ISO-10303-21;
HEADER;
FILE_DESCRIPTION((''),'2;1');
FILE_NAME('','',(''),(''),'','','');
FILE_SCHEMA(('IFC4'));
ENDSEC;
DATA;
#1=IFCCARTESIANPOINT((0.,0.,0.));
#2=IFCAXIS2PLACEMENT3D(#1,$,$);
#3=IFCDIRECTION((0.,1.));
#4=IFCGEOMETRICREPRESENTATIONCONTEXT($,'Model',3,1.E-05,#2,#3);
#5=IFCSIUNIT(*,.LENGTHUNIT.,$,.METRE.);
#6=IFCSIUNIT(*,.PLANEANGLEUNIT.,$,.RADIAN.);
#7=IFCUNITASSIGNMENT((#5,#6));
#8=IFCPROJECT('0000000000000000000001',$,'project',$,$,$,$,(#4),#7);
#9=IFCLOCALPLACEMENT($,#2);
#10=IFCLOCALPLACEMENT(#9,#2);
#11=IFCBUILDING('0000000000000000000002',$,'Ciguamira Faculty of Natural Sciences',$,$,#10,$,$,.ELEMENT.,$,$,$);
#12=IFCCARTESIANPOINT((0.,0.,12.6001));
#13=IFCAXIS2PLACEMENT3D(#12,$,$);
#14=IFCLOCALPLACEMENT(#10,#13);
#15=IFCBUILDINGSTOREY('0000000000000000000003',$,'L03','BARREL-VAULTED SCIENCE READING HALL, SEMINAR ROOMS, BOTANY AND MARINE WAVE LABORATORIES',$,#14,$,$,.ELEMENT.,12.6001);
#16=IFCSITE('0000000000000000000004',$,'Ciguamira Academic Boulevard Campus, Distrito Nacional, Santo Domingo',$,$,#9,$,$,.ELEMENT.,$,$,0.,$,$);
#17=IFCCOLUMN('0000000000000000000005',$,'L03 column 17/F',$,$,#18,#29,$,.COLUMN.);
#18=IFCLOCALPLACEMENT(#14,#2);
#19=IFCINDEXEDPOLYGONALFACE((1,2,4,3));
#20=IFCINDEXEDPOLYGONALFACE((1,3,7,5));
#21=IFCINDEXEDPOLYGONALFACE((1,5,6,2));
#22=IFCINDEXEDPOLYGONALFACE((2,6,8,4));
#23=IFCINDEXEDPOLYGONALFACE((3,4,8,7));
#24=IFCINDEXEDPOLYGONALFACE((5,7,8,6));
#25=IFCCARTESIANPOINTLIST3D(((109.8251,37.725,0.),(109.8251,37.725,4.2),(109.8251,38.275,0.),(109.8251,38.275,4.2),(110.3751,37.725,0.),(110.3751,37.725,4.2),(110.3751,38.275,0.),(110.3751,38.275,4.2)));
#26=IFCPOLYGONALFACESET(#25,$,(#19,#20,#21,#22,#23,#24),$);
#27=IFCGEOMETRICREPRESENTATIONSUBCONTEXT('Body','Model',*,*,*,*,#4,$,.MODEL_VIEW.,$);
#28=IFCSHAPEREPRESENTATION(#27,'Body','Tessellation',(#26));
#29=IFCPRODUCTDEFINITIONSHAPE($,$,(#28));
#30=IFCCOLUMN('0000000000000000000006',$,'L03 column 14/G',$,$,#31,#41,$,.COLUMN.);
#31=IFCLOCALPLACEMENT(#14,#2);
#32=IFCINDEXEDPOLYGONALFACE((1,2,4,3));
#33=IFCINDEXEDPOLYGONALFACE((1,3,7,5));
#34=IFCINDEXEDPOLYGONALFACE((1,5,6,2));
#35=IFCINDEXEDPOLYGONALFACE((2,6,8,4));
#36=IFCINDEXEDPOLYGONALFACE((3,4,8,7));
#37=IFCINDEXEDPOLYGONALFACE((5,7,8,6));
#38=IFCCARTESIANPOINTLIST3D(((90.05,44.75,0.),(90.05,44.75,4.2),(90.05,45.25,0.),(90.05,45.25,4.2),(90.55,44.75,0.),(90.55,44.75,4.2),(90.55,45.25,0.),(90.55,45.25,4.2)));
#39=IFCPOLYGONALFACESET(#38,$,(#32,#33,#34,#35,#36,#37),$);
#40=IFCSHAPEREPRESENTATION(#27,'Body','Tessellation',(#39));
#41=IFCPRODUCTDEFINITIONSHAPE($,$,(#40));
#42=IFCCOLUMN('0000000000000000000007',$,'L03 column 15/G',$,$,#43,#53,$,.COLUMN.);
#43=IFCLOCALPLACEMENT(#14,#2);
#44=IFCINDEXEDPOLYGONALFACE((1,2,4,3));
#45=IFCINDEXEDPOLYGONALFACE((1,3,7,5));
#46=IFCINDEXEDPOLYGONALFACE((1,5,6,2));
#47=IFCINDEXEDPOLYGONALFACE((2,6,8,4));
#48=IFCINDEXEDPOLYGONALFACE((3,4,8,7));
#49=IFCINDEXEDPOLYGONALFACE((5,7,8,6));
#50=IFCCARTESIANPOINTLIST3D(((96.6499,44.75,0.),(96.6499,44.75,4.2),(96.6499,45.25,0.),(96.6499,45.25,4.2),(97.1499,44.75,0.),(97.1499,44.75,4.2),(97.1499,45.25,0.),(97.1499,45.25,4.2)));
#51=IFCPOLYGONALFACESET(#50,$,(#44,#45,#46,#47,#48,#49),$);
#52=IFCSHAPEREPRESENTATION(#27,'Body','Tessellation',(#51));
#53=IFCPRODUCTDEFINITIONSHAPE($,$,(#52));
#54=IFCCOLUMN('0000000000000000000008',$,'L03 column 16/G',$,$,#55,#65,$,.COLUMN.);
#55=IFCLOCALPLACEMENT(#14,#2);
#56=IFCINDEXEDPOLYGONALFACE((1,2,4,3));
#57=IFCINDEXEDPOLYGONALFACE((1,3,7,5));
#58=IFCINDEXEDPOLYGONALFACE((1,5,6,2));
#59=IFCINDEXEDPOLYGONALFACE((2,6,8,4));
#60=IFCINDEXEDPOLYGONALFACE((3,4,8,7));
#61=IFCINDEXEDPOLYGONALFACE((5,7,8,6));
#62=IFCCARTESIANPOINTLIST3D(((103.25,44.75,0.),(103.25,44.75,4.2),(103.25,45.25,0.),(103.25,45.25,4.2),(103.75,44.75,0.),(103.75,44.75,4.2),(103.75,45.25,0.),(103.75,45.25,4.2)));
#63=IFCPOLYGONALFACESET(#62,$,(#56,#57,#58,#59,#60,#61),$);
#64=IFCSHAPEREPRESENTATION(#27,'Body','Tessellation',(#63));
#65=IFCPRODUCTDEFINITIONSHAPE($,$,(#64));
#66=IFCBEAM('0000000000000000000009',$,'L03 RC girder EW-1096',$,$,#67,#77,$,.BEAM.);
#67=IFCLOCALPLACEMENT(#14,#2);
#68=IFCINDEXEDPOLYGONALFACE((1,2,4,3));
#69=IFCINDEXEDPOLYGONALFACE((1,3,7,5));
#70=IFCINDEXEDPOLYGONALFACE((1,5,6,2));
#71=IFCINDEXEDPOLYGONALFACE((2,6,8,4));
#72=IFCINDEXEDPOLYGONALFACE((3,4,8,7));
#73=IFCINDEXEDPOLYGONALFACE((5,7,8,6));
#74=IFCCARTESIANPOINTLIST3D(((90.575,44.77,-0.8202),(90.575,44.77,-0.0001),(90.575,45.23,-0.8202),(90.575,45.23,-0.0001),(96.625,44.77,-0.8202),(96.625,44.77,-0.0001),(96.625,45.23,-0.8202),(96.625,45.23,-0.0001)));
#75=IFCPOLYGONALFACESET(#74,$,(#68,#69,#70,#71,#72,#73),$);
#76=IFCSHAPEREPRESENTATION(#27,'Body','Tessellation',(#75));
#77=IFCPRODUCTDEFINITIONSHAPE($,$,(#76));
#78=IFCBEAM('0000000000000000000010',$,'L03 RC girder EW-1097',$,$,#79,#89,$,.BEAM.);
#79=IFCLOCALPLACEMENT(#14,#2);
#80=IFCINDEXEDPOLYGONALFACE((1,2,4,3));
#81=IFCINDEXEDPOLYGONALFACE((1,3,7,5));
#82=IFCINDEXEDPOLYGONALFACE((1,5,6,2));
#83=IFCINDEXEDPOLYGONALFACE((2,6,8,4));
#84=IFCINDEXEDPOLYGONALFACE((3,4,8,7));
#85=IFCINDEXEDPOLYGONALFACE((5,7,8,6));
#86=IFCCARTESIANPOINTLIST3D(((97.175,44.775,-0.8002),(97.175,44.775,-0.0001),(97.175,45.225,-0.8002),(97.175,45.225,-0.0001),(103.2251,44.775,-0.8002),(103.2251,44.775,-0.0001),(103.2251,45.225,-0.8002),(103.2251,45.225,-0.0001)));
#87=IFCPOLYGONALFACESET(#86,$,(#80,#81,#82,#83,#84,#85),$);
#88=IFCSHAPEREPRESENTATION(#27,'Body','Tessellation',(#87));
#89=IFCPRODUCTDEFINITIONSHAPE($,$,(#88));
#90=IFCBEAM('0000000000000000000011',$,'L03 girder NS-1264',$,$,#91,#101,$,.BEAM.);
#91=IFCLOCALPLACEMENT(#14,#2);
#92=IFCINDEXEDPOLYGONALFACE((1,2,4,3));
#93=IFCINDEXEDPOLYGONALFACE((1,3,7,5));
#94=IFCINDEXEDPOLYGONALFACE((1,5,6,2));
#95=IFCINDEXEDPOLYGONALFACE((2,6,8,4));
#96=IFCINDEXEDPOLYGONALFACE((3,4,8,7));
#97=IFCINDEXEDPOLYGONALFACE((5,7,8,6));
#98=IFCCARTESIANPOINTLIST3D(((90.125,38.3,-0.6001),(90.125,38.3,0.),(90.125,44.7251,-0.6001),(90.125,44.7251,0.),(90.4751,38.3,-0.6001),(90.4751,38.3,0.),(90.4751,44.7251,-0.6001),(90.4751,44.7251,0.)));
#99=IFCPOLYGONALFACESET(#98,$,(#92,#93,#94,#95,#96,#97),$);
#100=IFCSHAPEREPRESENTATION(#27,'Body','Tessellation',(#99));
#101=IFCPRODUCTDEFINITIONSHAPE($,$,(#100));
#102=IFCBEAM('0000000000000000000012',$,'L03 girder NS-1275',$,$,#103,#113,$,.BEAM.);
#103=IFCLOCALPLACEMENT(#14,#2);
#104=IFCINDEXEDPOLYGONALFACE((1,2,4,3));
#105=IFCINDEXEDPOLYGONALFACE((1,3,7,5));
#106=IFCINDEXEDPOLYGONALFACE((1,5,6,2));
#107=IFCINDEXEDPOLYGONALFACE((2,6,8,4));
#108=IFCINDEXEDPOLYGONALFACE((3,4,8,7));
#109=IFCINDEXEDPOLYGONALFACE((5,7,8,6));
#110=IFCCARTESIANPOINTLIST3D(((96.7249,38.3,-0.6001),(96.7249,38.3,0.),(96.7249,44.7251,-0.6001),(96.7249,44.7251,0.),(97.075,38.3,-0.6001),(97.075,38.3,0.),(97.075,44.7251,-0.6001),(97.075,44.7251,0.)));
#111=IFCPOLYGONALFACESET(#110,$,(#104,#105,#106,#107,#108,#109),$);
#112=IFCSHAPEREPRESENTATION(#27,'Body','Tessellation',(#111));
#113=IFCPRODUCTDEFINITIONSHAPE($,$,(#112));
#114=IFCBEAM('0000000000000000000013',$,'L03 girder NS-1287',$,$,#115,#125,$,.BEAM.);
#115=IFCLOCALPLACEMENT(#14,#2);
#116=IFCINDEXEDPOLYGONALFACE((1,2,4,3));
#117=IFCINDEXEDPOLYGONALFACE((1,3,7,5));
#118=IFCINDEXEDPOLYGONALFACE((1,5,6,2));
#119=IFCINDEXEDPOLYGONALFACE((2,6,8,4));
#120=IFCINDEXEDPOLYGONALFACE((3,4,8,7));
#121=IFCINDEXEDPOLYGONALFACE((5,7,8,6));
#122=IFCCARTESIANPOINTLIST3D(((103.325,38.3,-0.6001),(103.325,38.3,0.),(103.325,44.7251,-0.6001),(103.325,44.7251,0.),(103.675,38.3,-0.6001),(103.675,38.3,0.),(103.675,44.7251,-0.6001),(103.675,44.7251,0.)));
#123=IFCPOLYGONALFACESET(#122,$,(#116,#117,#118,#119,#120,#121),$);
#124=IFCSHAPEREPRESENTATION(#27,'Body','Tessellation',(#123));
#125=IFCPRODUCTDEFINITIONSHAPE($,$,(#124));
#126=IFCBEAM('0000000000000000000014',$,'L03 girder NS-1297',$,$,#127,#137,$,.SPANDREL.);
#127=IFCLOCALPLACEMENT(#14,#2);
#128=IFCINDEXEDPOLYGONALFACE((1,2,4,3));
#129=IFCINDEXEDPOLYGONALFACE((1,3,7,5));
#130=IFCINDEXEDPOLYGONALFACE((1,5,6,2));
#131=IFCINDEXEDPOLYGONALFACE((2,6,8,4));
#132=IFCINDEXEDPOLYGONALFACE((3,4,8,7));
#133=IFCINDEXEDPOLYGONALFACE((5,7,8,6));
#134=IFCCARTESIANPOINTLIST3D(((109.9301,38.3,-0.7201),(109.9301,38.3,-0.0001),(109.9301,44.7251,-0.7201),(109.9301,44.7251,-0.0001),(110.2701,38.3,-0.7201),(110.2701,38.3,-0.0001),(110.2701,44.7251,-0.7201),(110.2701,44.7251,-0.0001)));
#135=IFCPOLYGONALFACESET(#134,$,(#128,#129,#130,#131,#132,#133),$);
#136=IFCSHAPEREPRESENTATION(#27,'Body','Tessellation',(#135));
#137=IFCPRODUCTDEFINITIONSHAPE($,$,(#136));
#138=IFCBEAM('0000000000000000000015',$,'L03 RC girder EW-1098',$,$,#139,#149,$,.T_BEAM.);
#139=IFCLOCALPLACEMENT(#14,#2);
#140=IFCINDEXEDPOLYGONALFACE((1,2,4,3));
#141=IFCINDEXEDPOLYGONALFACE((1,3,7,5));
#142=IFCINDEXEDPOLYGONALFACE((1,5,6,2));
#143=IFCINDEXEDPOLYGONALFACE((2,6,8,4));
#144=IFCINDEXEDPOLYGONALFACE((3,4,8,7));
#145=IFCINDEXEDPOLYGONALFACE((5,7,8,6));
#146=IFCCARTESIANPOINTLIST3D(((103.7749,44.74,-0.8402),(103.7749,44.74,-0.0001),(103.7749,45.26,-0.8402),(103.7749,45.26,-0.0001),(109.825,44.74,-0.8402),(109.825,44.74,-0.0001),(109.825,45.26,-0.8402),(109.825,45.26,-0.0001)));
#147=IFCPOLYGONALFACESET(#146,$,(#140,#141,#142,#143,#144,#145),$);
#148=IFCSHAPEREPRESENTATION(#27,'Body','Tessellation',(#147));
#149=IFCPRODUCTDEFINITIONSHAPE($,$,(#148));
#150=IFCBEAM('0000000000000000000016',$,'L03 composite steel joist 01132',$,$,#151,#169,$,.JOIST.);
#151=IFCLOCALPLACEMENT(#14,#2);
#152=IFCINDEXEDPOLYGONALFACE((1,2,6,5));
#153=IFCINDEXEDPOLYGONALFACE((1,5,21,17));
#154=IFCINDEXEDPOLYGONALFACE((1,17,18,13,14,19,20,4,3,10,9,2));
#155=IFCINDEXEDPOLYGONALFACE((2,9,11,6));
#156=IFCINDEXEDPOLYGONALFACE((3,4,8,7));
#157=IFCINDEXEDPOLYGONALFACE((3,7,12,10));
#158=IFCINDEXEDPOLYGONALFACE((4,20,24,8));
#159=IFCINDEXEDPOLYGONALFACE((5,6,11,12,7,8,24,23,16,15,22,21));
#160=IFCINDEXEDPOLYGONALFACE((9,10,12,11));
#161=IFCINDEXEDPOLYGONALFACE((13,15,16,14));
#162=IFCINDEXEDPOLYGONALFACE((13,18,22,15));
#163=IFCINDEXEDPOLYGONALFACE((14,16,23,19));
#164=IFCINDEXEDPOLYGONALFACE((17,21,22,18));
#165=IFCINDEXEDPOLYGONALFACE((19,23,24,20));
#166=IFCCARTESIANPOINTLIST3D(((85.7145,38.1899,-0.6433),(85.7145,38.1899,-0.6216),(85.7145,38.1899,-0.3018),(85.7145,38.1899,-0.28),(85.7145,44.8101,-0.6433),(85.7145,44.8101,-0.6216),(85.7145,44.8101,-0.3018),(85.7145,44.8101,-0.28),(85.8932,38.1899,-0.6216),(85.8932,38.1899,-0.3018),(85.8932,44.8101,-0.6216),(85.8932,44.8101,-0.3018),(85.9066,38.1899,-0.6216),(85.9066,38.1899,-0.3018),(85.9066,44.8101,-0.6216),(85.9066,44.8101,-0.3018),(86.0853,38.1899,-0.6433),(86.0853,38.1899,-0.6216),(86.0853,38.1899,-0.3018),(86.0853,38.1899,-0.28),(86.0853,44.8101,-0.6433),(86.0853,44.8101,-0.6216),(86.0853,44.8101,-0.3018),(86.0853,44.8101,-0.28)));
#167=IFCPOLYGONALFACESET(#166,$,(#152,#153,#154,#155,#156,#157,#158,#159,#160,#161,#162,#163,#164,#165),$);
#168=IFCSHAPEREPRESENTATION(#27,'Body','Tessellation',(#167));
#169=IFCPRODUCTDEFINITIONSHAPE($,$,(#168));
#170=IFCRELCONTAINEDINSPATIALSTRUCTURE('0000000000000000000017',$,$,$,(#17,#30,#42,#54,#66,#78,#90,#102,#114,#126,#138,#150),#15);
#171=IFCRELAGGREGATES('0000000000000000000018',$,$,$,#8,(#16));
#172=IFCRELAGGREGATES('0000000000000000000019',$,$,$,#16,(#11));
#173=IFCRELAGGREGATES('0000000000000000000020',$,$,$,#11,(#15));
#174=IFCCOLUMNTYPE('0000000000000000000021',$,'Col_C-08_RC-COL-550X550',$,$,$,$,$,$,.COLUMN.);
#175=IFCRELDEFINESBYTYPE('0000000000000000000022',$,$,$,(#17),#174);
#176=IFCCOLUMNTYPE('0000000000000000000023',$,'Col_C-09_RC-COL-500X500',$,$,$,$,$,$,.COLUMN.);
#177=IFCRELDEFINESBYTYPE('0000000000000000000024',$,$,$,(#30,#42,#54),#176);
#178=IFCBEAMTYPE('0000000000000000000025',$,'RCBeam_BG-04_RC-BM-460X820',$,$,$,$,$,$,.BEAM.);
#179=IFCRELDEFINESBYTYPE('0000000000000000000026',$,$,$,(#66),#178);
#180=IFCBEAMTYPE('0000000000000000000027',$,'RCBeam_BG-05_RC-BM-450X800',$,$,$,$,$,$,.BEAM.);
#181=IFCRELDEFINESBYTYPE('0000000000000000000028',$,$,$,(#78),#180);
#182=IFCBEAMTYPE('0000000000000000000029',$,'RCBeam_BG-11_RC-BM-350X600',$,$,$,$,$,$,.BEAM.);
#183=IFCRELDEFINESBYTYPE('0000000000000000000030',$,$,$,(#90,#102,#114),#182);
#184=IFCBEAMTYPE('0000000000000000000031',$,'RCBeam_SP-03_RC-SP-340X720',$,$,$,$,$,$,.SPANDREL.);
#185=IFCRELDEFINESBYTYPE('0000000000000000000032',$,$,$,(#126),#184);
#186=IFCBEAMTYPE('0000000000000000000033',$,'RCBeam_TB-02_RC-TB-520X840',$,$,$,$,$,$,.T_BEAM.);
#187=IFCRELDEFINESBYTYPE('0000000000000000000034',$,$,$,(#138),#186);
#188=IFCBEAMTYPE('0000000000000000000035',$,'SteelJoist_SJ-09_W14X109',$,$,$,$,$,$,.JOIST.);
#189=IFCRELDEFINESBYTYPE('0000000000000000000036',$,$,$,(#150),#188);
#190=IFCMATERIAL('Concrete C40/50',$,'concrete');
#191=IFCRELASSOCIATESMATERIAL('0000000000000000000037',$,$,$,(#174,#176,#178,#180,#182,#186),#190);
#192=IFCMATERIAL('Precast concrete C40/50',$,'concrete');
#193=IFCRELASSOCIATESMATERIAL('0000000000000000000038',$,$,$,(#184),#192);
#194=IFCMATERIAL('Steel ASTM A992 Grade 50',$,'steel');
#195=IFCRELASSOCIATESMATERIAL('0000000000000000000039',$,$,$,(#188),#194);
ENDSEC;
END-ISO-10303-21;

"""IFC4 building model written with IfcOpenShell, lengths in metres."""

from ifc_helpers import new_model, si_unit, direction, frame, origin, origin_2d, place, context, subcontext, project, spatial, rectangle, i_section, extrude, material, material_profile, profile_set, type_object, element, save


model = new_model("IFC4")

# Units and contexts
model_context = context("Model", 3, precision=1e-05, world=origin(), true_north=direction((0.0, 1.0)))
body_context = subcontext(model_context, "Body", "Model", "MODEL_VIEW")
ifc_project = project(units=[si_unit("LENGTHUNIT", "METRE"), si_unit("PLANEANGLEUNIT", "RADIAN")], contexts=[model_context])

# Site, building, storey
site_placement = place(None, origin())
site = spatial("IfcSite", under=ifc_project, at=site_placement, Name="Ciguamira Academic Boulevard Campus, Distrito Nacional, Santo Domingo", CompositionType="ELEMENT", RefElevation=0.0)
building_placement = place(site_placement, origin())
building = spatial("IfcBuilding", under=site, at=building_placement, Name="Ciguamira Faculty of Natural Sciences", CompositionType="ELEMENT")
storey_placement = place(building_placement, frame((0.0, 0.0, 12.6001)))
storey = spatial("IfcBuildingStorey", under=building, at=storey_placement, Name="L03", Description="BARREL-VAULTED SCIENCE READING HALL, SEMINAR ROOMS, BOTANY AND MARINE WAVE LABORATORIES", CompositionType="ELEMENT", Elevation=12.6001)

# Columns
ifc_material_1 = material(Name="Concrete C40/50", Category="concrete")
ifc_material_profile_1 = material_profile(ifc_material_1, rectangle(XDim=0.55, YDim=0.55, at=origin_2d()), Name="RC-COL-550X550")
ifc_profile_set_1 = profile_set([ifc_material_profile_1], Name="Concrete C40/50")
column_type_1 = type_object("IfcColumnType", Name="Col_C-08_RC-COL-550X550", PredefinedType="COLUMN", material=ifc_profile_set_1)
column_placement = place(storey_placement, frame((110.1001, 38.0, 0.0), z_axis=(0.0, 0.0, 1.0), x_axis=(1.0, 0.0, 0.0)))
element("IfcColumn", 1, at=column_placement, inside=storey, type_object=column_type_1, Name="L03 column 17/F", PredefinedType="COLUMN", context=body_context, shape_type="SweptSolid", body=[
    extrude(rectangle(XDim=0.55, YDim=0.55, at=origin_2d()), origin(), (0.0, 0.0, 1.0), 4.2),
])
ifc_material_profile_2 = material_profile(ifc_material_1, rectangle(XDim=0.5, YDim=0.5, at=origin_2d()), Name="RC-COL-500X500")
ifc_profile_set_2 = profile_set([ifc_material_profile_2], Name="Concrete C40/50")
column_type_2 = type_object("IfcColumnType", Name="Col_C-09_RC-COL-500X500", PredefinedType="COLUMN", material=ifc_profile_set_2)
for number, where, z_axis, x_axis, name in (
    (2, (90.3, 45.0, 0.0), (0.0, 0.0, 1.0), (1.0, 0.0, 0.0), "L03 column 14/G"),
    (3, (96.8999, 45.0, 0.0), (0.0, 0.0, 1.0), (1.0, 0.0, 0.0), "L03 column 15/G"),
    (4, (103.5, 45.0, 0.0), (0.0, 0.0, 1.0), (1.0, 0.0, 0.0), "L03 column 16/G"),
):
    element("IfcColumn", number, at=place(storey_placement, frame(where, z_axis=z_axis, x_axis=x_axis)), inside=storey, type_object=column_type_2, Name=name, PredefinedType="COLUMN", context=body_context, shape_type="SweptSolid", body=[
        extrude(rectangle(XDim=0.5, YDim=0.5, at=origin_2d()), origin(), (0.0, 0.0, 1.0), 4.2),
    ])

# Beams
ifc_material_profile_3 = material_profile(ifc_material_1, rectangle(XDim=0.46, YDim=0.8201, at=origin_2d()), Name="RC-BM-460X820")
ifc_profile_set_3 = profile_set([ifc_material_profile_3], Name="Concrete C40/50")
beam_type_1 = type_object("IfcBeamType", Name="RCBeam_BG-04_RC-BM-460X820", PredefinedType="BEAM", material=ifc_profile_set_3)
beam_1_placement = place(storey_placement, frame((90.575, 45.0, -0.4102), z_axis=(1.0, 0.0, 0.0), x_axis=(0.0, 1.0, 0.0)))
element("IfcBeam", 5, at=beam_1_placement, inside=storey, type_object=beam_type_1, Name="L03 RC girder EW-1096", PredefinedType="BEAM", context=body_context, shape_type="SweptSolid", body=[
    extrude(rectangle(XDim=0.46, YDim=0.8201, at=origin_2d()), origin(), (0.0, 0.0, 1.0), 6.05),
])
ifc_material_profile_4 = material_profile(ifc_material_1, rectangle(XDim=0.45, YDim=0.8, at=origin_2d()), Name="RC-BM-450X800")
ifc_profile_set_4 = profile_set([ifc_material_profile_4], Name="Concrete C40/50")
beam_type_2 = type_object("IfcBeamType", Name="RCBeam_BG-05_RC-BM-450X800", PredefinedType="BEAM", material=ifc_profile_set_4)
beam_2_placement = place(storey_placement, frame((97.175, 45.0, -0.4001), z_axis=(1.0, 0.0, 0.0), x_axis=(0.0, 1.0, 0.0)))
element("IfcBeam", 6, at=beam_2_placement, inside=storey, type_object=beam_type_2, Name="L03 RC girder EW-1097", PredefinedType="BEAM", context=body_context, shape_type="SweptSolid", body=[
    extrude(rectangle(XDim=0.45, YDim=0.8, at=origin_2d()), origin(), (0.0, 0.0, 1.0), 6.05),
])
ifc_material_profile_5 = material_profile(ifc_material_1, rectangle(XDim=0.3501, YDim=0.6001, at=origin_2d()), Name="RC-BM-350X600")
ifc_profile_set_5 = profile_set([ifc_material_profile_5], Name="Concrete C40/50")
beam_type_3 = type_object("IfcBeamType", Name="RCBeam_BG-11_RC-BM-350X600", PredefinedType="BEAM", material=ifc_profile_set_5)
for number, where, z_axis, x_axis, name in (
    (7, (90.3, 38.3, -0.3), (0.0, 1.0, 0.0), (-1.0, 0.0, 0.0), "L03 girder NS-1264"),
    (8, (96.8999, 38.3, -0.3), (0.0, 1.0, 0.0), (-1.0, 0.0, 0.0), "L03 girder NS-1275"),
    (9, (103.5, 38.3, -0.3), (0.0, 1.0, 0.0), (-1.0, 0.0, 0.0), "L03 girder NS-1287"),
):
    element("IfcBeam", number, at=place(storey_placement, frame(where, z_axis=z_axis, x_axis=x_axis)), inside=storey, type_object=beam_type_3, Name=name, PredefinedType="BEAM", context=body_context, shape_type="SweptSolid", body=[
        extrude(rectangle(XDim=0.3501, YDim=0.6001, at=origin_2d()), origin(), (0.0, 0.0, 1.0), 6.425),
    ])
ifc_material_2 = material(Name="Precast concrete C40/50", Category="concrete")
ifc_material_profile_6 = material_profile(ifc_material_2, rectangle(XDim=0.3401, YDim=0.72, at=origin_2d()), Name="RC-SP-340X720")
ifc_profile_set_6 = profile_set([ifc_material_profile_6], Name="Precast concrete C40/50")
beam_type_4 = type_object("IfcBeamType", Name="RCBeam_SP-03_RC-SP-340X720", PredefinedType="SPANDREL", material=ifc_profile_set_6)
beam_3_placement = place(storey_placement, frame((110.1001, 38.3, -0.3601), z_axis=(0.0, 1.0, 0.0), x_axis=(-1.0, 0.0, 0.0)))
element("IfcBeam", 10, at=beam_3_placement, inside=storey, type_object=beam_type_4, Name="L03 girder NS-1297", PredefinedType="SPANDREL", context=body_context, shape_type="SweptSolid", body=[
    extrude(rectangle(XDim=0.3401, YDim=0.72, at=origin_2d()), origin(), (0.0, 0.0, 1.0), 6.425),
])
ifc_material_profile_7 = material_profile(ifc_material_1, rectangle(XDim=0.52, YDim=0.8401, at=origin_2d()), Name="RC-TB-520X840")
ifc_profile_set_7 = profile_set([ifc_material_profile_7], Name="Concrete C40/50")
beam_type_5 = type_object("IfcBeamType", Name="RCBeam_TB-02_RC-TB-520X840", PredefinedType="T_BEAM", material=ifc_profile_set_7)
beam_4_placement = place(storey_placement, frame((103.7749, 45.0, -0.4202), z_axis=(1.0, 0.0, 0.0), x_axis=(0.0, 1.0, 0.0)))
element("IfcBeam", 11, at=beam_4_placement, inside=storey, type_object=beam_type_5, Name="L03 RC girder EW-1098", PredefinedType="T_BEAM", context=body_context, shape_type="SweptSolid", body=[
    extrude(rectangle(XDim=0.52, YDim=0.8401, at=origin_2d()), origin(), (0.0, 0.0, 1.0), 6.05),
])
ifc_material_3 = material(Name="Steel ASTM A992 Grade 50", Category="steel")
ifc_material_profile_8 = material_profile(ifc_material_3, i_section(OverallWidth=0.3708, OverallDepth=0.3633, WebThickness=0.0134, FlangeThickness=0.0217, at=origin_2d()), Name="W14X109")
ifc_profile_set_8 = profile_set([ifc_material_profile_8], Name="Steel ASTM A992 Grade 50")
beam_type_6 = type_object("IfcBeamType", Name="SteelJoist_SJ-09_W14X109", PredefinedType="JOIST", material=ifc_profile_set_8)
beam_5_placement = place(storey_placement, frame((85.8999, 38.1899, -0.4617), z_axis=(0.0, 1.0, 0.0), x_axis=(-1.0, 0.0, 0.0)))
element("IfcBeam", 12, at=beam_5_placement, inside=storey, type_object=beam_type_6, Name="L03 composite steel joist 01132", PredefinedType="JOIST", context=body_context, shape_type="SweptSolid", body=[
    extrude(i_section(OverallWidth=0.3708, OverallDepth=0.3633, WebThickness=0.0134, FlangeThickness=0.0217, at=origin_2d()), origin(), (0.0, 0.0, 1.0), 6.6201),
])

save(model, "model.ifc")
